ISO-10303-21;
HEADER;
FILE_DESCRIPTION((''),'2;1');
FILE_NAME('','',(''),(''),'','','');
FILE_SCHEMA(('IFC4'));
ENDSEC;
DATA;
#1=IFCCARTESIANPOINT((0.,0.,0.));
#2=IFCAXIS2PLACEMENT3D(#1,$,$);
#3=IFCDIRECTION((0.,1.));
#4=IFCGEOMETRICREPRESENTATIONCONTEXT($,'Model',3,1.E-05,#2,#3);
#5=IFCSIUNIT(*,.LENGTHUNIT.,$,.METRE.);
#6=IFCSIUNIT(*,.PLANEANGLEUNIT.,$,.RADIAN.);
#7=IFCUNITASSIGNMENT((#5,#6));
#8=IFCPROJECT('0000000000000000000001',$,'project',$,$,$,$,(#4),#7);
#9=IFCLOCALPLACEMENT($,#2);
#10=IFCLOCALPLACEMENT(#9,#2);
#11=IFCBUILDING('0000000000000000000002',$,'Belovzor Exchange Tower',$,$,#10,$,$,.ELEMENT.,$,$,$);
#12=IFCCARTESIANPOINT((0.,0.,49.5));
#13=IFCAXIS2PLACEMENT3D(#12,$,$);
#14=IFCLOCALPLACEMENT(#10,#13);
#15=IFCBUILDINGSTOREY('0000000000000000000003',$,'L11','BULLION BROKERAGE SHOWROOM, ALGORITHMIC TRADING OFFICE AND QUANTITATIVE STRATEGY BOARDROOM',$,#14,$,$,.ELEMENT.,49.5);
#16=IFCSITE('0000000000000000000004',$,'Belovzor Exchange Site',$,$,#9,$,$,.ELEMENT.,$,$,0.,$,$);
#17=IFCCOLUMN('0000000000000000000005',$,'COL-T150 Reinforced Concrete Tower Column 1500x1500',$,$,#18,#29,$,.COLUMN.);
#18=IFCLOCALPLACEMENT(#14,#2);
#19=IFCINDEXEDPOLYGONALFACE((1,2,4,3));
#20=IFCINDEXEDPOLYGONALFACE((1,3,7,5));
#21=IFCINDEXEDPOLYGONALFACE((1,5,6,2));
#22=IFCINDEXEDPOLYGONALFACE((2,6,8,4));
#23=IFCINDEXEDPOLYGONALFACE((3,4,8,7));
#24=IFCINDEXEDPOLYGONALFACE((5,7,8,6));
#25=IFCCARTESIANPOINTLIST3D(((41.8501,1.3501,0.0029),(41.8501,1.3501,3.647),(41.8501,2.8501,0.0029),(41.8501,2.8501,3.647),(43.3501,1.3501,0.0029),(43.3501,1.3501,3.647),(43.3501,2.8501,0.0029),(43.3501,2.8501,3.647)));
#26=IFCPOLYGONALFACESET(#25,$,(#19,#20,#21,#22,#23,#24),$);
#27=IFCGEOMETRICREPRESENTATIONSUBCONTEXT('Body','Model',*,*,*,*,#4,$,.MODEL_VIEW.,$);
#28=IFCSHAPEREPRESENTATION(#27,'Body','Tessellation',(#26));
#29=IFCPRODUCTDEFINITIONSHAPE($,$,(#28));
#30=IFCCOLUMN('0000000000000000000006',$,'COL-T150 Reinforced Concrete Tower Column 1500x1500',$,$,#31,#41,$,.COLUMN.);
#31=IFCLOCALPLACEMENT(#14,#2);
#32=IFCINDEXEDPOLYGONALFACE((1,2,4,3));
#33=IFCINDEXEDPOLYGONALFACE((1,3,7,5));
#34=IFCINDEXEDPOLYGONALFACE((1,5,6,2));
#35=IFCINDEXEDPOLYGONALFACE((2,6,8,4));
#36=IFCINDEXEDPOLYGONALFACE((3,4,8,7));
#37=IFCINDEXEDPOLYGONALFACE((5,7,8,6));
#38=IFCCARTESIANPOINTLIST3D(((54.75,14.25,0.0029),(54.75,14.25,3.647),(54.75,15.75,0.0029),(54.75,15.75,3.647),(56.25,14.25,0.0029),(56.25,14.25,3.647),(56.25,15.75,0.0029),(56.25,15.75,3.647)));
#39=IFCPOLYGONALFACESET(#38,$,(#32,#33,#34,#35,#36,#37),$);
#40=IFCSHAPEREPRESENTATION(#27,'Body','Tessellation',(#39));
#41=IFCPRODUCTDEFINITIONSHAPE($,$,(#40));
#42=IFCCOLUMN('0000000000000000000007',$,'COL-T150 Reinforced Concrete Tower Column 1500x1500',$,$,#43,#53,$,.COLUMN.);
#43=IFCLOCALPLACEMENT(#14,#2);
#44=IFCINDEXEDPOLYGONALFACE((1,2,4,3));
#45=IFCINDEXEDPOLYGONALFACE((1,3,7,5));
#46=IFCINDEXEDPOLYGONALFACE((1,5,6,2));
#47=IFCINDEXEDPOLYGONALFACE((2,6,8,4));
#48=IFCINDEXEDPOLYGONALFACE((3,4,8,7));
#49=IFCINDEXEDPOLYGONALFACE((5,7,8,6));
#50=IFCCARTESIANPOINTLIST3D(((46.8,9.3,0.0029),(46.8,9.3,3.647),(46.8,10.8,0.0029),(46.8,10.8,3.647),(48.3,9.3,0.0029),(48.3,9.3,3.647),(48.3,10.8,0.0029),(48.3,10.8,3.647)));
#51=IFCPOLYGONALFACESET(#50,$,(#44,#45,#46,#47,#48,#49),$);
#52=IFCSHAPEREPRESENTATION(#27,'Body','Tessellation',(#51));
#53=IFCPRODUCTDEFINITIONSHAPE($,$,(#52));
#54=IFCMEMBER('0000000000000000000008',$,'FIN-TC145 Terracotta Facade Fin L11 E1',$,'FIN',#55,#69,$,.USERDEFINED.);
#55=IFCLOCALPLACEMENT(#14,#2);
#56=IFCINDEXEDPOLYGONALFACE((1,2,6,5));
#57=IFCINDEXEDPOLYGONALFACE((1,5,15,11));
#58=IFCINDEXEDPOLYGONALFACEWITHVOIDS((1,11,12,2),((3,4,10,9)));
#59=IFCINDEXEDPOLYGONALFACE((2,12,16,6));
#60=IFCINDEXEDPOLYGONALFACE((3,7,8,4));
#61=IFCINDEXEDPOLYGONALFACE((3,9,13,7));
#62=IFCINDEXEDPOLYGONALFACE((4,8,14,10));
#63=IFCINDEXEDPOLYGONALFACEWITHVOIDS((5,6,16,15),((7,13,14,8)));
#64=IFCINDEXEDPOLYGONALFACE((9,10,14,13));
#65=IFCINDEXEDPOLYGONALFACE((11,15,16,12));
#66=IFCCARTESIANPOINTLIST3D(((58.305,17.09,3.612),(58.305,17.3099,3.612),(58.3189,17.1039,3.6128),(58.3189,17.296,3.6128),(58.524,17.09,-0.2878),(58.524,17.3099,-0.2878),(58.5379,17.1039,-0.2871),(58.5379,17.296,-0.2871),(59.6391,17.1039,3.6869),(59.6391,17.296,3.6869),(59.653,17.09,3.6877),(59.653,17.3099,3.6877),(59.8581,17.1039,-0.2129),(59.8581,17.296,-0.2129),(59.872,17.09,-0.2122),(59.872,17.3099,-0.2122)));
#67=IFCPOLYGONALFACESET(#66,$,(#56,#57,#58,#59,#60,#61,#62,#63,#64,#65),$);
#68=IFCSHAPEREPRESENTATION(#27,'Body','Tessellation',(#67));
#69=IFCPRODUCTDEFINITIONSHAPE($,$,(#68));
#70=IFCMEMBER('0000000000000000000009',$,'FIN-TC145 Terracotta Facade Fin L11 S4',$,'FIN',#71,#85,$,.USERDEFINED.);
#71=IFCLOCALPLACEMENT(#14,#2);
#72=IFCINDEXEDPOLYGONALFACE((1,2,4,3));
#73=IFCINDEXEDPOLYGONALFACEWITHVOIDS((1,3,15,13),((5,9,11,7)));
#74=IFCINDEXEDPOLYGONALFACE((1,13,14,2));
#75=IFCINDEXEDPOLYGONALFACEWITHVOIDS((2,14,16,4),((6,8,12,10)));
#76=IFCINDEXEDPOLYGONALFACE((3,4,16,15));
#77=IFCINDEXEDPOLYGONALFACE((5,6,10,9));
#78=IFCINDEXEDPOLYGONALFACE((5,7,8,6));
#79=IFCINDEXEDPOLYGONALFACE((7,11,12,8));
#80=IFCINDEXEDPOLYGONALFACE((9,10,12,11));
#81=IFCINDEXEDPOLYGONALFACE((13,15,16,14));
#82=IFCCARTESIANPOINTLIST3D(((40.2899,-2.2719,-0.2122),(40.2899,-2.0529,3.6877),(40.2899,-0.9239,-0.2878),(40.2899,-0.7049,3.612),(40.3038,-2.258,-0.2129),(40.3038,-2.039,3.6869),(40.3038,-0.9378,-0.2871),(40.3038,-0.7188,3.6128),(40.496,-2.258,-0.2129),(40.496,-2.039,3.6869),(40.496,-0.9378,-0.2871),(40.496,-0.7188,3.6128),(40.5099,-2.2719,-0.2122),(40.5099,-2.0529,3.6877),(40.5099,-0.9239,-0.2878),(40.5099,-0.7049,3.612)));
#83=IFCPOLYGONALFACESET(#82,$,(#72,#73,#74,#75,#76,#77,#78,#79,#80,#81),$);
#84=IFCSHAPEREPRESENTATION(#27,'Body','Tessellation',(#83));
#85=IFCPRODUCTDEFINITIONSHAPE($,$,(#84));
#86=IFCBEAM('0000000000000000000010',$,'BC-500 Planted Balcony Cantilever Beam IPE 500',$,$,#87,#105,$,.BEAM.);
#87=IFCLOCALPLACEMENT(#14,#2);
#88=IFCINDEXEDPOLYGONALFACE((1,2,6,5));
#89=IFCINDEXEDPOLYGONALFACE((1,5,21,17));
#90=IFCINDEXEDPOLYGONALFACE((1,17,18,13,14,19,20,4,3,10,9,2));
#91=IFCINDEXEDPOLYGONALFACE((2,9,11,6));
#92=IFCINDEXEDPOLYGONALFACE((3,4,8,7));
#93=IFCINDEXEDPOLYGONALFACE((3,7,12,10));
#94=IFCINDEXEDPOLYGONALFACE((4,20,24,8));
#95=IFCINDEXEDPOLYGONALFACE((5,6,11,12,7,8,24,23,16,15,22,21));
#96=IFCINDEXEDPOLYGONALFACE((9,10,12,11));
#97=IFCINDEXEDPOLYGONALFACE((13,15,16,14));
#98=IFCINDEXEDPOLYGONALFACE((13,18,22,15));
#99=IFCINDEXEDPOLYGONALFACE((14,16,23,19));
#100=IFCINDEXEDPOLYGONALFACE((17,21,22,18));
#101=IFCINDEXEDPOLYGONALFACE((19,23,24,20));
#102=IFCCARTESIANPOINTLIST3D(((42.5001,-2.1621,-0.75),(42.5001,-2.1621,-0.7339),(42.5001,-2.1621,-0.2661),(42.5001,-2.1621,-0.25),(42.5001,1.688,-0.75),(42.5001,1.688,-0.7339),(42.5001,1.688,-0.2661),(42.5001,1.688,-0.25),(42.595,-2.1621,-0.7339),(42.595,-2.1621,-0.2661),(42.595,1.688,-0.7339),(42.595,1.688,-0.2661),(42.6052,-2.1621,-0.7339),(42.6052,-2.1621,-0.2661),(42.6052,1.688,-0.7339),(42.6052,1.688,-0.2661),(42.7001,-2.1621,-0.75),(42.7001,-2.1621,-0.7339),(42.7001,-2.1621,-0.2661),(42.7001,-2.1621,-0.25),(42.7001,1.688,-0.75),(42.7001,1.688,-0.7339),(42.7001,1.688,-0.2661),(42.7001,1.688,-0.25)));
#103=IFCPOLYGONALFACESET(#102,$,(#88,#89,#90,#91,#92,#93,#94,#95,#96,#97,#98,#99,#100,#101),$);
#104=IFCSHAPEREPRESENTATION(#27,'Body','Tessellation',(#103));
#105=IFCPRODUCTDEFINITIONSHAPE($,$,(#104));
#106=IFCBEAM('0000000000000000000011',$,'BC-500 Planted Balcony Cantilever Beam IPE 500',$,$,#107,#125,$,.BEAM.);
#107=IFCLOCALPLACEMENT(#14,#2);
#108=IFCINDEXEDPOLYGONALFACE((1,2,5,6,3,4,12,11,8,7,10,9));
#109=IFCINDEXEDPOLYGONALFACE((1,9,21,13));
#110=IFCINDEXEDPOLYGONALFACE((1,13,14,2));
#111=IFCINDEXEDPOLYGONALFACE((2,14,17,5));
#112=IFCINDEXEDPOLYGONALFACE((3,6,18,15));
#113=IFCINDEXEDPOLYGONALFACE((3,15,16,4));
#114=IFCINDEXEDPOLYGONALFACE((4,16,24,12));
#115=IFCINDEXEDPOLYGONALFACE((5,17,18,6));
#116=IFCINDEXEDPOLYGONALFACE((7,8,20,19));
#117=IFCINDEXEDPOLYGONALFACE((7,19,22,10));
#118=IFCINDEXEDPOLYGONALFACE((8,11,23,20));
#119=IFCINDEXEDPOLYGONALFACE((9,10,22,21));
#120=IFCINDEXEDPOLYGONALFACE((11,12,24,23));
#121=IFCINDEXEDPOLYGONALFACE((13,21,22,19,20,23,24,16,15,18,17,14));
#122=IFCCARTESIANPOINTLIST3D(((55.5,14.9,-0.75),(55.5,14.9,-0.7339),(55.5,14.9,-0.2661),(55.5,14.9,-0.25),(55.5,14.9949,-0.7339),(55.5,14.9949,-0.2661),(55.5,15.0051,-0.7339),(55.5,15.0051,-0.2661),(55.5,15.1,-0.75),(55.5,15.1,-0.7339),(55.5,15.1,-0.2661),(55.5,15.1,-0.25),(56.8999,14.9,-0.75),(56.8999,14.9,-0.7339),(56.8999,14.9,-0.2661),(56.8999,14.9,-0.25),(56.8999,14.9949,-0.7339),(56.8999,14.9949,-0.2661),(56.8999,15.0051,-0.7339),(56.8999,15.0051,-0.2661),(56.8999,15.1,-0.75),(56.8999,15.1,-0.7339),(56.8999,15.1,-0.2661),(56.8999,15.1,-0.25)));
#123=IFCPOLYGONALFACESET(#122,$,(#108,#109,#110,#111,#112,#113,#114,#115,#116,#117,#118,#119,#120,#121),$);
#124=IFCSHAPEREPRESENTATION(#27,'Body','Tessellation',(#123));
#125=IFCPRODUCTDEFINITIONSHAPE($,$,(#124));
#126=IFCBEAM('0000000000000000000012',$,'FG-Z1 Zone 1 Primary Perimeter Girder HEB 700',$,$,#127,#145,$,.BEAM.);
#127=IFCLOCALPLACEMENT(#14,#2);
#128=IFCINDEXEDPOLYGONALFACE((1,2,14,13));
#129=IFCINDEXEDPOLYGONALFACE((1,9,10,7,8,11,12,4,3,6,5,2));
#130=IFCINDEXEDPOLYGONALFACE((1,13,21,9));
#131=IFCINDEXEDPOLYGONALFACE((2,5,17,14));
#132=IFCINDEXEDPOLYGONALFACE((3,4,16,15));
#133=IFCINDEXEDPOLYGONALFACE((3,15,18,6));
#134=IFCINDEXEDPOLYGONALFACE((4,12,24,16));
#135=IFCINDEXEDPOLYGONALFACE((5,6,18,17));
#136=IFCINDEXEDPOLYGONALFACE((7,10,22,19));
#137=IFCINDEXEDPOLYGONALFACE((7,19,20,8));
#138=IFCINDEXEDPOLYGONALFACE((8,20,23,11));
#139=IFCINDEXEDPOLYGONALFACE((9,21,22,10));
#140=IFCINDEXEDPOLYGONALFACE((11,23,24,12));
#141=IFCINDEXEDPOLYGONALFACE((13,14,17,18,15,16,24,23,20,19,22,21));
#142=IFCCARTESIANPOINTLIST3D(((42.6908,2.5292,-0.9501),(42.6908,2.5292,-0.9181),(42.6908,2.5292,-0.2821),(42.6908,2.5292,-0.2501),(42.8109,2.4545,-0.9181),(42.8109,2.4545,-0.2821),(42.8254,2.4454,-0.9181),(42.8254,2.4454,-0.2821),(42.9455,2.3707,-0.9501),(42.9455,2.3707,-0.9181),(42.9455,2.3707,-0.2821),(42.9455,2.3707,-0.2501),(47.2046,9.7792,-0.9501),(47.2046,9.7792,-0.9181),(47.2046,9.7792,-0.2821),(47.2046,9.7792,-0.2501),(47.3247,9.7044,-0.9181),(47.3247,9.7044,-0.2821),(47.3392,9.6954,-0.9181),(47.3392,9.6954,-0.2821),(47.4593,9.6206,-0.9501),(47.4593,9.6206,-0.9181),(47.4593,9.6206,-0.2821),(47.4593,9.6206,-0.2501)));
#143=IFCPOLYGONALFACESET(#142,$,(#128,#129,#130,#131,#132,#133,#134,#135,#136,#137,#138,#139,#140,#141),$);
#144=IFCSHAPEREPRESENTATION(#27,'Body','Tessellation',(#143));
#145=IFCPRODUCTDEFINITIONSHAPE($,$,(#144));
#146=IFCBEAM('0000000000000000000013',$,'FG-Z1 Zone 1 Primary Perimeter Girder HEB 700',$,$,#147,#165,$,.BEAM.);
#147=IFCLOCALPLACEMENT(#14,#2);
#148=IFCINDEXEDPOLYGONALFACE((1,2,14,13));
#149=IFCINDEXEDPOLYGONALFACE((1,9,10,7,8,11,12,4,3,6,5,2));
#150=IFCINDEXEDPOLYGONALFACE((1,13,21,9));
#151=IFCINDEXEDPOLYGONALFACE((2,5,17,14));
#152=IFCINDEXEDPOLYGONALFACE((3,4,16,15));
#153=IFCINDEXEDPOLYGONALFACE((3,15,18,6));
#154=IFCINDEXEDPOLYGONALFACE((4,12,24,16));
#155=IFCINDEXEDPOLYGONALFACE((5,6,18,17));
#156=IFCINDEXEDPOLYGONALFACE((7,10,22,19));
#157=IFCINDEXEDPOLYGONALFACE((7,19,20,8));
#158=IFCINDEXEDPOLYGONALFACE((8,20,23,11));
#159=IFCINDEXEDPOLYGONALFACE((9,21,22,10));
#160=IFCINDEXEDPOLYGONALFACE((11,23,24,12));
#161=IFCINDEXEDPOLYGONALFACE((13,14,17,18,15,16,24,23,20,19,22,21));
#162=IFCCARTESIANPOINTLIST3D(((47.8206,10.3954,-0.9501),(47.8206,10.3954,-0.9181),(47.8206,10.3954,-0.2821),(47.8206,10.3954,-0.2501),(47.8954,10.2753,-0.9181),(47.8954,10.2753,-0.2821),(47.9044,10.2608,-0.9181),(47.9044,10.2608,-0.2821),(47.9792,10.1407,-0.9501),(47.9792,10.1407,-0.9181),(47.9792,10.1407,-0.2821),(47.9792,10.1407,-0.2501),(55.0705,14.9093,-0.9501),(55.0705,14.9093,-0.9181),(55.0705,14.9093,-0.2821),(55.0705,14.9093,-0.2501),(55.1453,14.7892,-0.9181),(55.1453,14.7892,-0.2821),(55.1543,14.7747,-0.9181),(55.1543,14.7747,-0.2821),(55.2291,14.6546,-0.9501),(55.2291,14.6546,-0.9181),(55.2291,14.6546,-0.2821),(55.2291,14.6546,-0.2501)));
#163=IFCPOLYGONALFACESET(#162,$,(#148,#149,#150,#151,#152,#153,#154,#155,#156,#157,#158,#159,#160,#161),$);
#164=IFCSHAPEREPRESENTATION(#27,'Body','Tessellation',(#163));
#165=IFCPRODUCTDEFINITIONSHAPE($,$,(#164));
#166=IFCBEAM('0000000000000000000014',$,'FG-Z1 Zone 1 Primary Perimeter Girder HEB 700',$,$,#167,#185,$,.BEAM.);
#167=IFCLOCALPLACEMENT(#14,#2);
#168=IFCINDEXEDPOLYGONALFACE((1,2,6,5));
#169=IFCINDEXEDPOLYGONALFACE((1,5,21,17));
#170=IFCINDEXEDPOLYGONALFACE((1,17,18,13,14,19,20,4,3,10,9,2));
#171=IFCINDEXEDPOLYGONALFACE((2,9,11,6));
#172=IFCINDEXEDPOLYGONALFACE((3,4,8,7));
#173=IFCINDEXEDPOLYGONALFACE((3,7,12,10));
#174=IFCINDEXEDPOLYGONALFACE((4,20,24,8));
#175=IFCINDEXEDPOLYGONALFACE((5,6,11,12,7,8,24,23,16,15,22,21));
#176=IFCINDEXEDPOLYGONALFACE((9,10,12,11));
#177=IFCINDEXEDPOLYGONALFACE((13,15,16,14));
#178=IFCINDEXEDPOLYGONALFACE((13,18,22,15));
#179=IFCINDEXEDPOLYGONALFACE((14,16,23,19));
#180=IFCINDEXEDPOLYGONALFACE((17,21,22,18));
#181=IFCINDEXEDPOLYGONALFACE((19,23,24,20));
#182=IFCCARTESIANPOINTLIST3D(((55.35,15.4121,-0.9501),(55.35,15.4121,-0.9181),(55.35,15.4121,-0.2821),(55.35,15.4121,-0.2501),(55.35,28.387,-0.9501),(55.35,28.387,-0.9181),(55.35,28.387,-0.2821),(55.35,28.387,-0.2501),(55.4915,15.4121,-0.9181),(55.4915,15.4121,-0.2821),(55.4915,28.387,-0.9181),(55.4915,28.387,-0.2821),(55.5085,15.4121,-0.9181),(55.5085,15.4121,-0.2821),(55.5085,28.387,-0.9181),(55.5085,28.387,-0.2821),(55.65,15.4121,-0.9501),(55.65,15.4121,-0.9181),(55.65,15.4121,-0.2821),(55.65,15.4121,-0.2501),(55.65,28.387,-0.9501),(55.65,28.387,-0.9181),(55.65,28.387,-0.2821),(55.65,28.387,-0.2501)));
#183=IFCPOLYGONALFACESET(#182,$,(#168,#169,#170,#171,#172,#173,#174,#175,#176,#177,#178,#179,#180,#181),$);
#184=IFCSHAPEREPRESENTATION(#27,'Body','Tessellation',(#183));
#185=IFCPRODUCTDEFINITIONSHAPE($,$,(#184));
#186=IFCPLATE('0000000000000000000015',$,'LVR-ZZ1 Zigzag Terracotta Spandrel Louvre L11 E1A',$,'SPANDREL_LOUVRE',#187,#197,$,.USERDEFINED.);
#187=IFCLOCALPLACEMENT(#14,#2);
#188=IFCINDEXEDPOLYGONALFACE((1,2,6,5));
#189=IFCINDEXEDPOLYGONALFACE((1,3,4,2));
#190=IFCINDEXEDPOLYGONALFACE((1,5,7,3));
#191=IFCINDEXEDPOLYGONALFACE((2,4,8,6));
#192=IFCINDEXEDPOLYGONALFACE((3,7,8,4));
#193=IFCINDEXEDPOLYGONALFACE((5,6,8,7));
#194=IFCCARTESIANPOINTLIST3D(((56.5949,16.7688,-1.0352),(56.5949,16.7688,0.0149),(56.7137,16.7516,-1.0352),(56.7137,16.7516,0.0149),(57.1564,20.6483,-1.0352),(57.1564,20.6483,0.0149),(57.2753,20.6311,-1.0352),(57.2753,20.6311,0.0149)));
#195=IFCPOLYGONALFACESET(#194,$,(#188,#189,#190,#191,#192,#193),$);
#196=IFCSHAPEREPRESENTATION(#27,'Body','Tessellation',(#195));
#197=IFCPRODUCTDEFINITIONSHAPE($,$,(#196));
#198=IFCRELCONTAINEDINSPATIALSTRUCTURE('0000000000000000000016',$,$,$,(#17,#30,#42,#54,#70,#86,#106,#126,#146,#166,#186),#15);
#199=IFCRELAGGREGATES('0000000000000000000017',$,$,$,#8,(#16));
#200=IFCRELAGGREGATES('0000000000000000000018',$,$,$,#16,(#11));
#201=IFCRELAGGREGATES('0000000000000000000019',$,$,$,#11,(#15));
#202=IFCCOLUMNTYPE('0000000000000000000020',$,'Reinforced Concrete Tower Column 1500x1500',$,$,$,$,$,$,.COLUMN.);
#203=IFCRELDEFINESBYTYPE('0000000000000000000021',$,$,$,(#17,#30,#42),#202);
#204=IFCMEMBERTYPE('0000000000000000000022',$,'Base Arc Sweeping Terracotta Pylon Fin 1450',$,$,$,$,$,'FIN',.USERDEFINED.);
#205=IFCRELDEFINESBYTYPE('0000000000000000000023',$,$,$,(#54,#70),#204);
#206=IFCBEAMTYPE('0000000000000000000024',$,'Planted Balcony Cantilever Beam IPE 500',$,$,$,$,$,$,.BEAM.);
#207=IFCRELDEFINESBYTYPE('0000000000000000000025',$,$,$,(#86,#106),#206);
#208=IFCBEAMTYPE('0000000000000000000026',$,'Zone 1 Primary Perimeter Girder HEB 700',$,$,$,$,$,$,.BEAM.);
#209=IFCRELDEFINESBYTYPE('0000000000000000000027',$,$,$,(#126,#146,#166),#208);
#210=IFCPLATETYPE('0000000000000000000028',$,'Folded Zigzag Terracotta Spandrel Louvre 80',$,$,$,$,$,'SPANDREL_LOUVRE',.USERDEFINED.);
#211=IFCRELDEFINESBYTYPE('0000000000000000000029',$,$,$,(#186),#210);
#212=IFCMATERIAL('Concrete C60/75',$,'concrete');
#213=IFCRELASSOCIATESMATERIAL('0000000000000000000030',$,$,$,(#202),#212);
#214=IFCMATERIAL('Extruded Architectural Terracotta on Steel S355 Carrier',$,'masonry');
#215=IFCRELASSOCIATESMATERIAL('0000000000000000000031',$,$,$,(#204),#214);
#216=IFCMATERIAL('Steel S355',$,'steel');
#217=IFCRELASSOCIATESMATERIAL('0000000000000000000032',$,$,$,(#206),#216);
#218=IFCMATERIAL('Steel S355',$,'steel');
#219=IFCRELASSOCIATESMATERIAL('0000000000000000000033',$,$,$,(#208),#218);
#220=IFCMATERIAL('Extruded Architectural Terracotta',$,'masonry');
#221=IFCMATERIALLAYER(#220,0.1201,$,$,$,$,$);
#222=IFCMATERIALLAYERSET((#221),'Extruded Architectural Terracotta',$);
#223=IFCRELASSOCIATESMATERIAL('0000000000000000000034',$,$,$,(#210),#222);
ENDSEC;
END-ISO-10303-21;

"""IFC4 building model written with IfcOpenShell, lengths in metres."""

from ifc_helpers import new_model, si_unit, direction, frame, origin, origin_2d, place, context, subcontext, project, spatial, rectangle, hollow_rectangle, i_section, extrude, material, layer, layer_set, material_profile, profile_set, type_object, element, save


model = new_model("IFC4")

# Units and contexts
model_context = context("Model", 3, precision=1e-05, world=origin(), true_north=direction((0.0, 1.0)))
body_context = subcontext(model_context, "Body", "Model", "MODEL_VIEW")
ifc_project = project(units=[si_unit("LENGTHUNIT", "METRE"), si_unit("PLANEANGLEUNIT", "RADIAN")], contexts=[model_context])

# Site, building, storey
site_placement = place(None, origin())
site = spatial("IfcSite", under=ifc_project, at=site_placement, Name="Belovzor Exchange Site", CompositionType="ELEMENT", RefElevation=0.0)
building_placement = place(site_placement, origin())
building = spatial("IfcBuilding", under=site, at=building_placement, Name="Belovzor Exchange Tower", CompositionType="ELEMENT")
storey_placement = place(building_placement, frame((0.0, 0.0, 49.5)))
storey = spatial("IfcBuildingStorey", under=building, at=storey_placement, Name="L11", Description="BULLION BROKERAGE SHOWROOM, ALGORITHMIC TRADING OFFICE AND QUANTITATIVE STRATEGY BOARDROOM", CompositionType="ELEMENT", Elevation=49.5)

# Columns
ifc_material_1 = material(Name="Concrete C60/75", Category="concrete")
ifc_material_profile_1 = material_profile(ifc_material_1, rectangle(XDim=1.5, YDim=1.5, at=origin_2d()))
ifc_profile_set_1 = profile_set([ifc_material_profile_1], Name="Concrete C60/75")
column_type = type_object("IfcColumnType", Name="Reinforced Concrete Tower Column 1500x1500", PredefinedType="COLUMN", material=ifc_profile_set_1)
for number, where, z_axis, x_axis, name in (
    (1, (42.6001, 2.1001, 0.0029), (0.0, 0.0, 1.0), (1.0, 0.0, 0.0), "COL-T150 Reinforced Concrete Tower Column 1500x1500"),
    (2, (55.5, 15.0, 0.0029), (0.0, 0.0, 1.0), (1.0, 0.0, 0.0), "COL-T150 Reinforced Concrete Tower Column 1500x1500"),
    (3, (47.55, 10.05, 0.0029), (0.0, 0.0, 1.0), (1.0, 0.0, 0.0), "COL-T150 Reinforced Concrete Tower Column 1500x1500"),
):
    element("IfcColumn", number, at=place(storey_placement, frame(where, z_axis=z_axis, x_axis=x_axis)), inside=storey, type_object=column_type, Name=name, PredefinedType="COLUMN", context=body_context, shape_type="SweptSolid", body=[
        extrude(rectangle(XDim=1.5, YDim=1.5, at=origin_2d()), origin(), (0.0, 0.0, 1.0), 3.644),
    ])

# Members
ifc_material_2 = material(Name="Extruded Architectural Terracotta on Steel S355 Carrier", Category="masonry")
ifc_material_profile_2 = material_profile(ifc_material_2, hollow_rectangle(XDim=0.22, YDim=1.3501, WallThickness=0.0139, at=origin_2d()))
ifc_profile_set_2 = profile_set([ifc_material_profile_2], Name="Extruded Architectural Terracotta on Steel S355 Carrier")
member_type = type_object("IfcMemberType", Name="Base Arc Sweeping Terracotta Pylon Fin 1450", ElementType="FIN", PredefinedType="USERDEFINED", material=ifc_profile_set_2)
for number, where, z_axis, x_axis, name in (
    (4, (59.198, 17.2, -0.25), (-0.056065, 0.0, 0.998427), (0.0, -1.0, 0.0), "FIN-TC145 Terracotta Facade Fin L11 E1"),
    (5, (40.3999, -1.5979, -0.25), (0.0, 0.056065, 0.998427), (-1.0, 0.0, 0.0), "FIN-TC145 Terracotta Facade Fin L11 S4"),
):
    element("IfcMember", number, at=place(storey_placement, frame(where, z_axis=z_axis, x_axis=x_axis)), inside=storey, type_object=member_type, Name=name, ObjectType="FIN", PredefinedType="USERDEFINED", context=body_context, shape_type="SweptSolid", body=[
        extrude(hollow_rectangle(XDim=0.22, YDim=1.3501, WallThickness=0.0139, at=origin_2d()), origin(), (0.0, 0.0, 1.0), 3.906),
    ])

# Beams
ifc_material_3 = material(Name="Steel S355", Category="steel")
ifc_material_profile_3 = material_profile(ifc_material_3, i_section(OverallWidth=0.2, OverallDepth=0.5, WebThickness=0.0103, FlangeThickness=0.0161, at=origin_2d()))
ifc_profile_set_3 = profile_set([ifc_material_profile_3], Name="Steel S355")
beam_type_1 = type_object("IfcBeamType", Name="Planted Balcony Cantilever Beam IPE 500", PredefinedType="BEAM", material=ifc_profile_set_3)
beam_1_placement = place(storey_placement, frame((42.6001, 1.688, -0.5), z_axis=(0.0, -1.0, 0.0), x_axis=(1.0, 0.0, 0.0)))
element("IfcBeam", 6, at=beam_1_placement, inside=storey, type_object=beam_type_1, Name="BC-500 Planted Balcony Cantilever Beam IPE 500", PredefinedType="BEAM", context=body_context, shape_type="SweptSolid", body=[
    extrude(i_section(OverallWidth=0.2, OverallDepth=0.5, WebThickness=0.0103, FlangeThickness=0.0161, at=origin_2d()), origin(), (0.0, 0.0, 1.0), 3.8501),
])
beam_2_placement = place(storey_placement, frame((55.5, 15.0, -0.5), z_axis=(1.0, 0.0, 0.0), x_axis=(0.0, 1.0, 0.0)))
element("IfcBeam", 7, at=beam_2_placement, inside=storey, type_object=beam_type_1, Name="BC-500 Planted Balcony Cantilever Beam IPE 500", PredefinedType="BEAM", context=body_context, shape_type="SweptSolid", body=[
    extrude(i_section(OverallWidth=0.2, OverallDepth=0.5, WebThickness=0.0103, FlangeThickness=0.0161, at=origin_2d()), origin(), (0.0, 0.0, 1.0), 1.3999),
])
ifc_material_4 = material(Name="Steel S355", Category="steel")
ifc_material_profile_4 = material_profile(ifc_material_4, i_section(OverallWidth=0.3, OverallDepth=0.7, WebThickness=0.0171, FlangeThickness=0.032, at=origin_2d()))
ifc_profile_set_4 = profile_set([ifc_material_profile_4], Name="Steel S355")
beam_type_2 = type_object("IfcBeamType", Name="Zone 1 Primary Perimeter Girder HEB 700", PredefinedType="BEAM", material=ifc_profile_set_4)
for number, where, z_axis, x_axis, name in (
    (8, (42.8181, 2.45, -0.6001), (0.528539, 0.848909, 0.0), (-0.848909, 0.528539, 0.0), "FG-Z1 Zone 1 Primary Perimeter Girder HEB 700"),
    (9, (47.8999, 10.2681, -0.6001), (0.848909, 0.528539, 0.0), (-0.528539, 0.848909, 0.0), "FG-Z1 Zone 1 Primary Perimeter Girder HEB 700"),
):
    element("IfcBeam", number, at=place(storey_placement, frame(where, z_axis=z_axis, x_axis=x_axis)), inside=storey, type_object=beam_type_2, Name=name, PredefinedType="BEAM", context=body_context, shape_type="SweptSolid", body=[
        extrude(i_section(OverallWidth=0.3, OverallDepth=0.7, WebThickness=0.0171, FlangeThickness=0.032, at=origin_2d()), origin(), (0.0, 0.0, 1.0), 8.5403),
    ])
beam_3_placement = place(storey_placement, frame((55.5, 15.4121, -0.6001), z_axis=(0.0, 1.0, 0.0), x_axis=(-1.0, 0.0, 0.0)))
element("IfcBeam", 10, at=beam_3_placement, inside=storey, type_object=beam_type_2, Name="FG-Z1 Zone 1 Primary Perimeter Girder HEB 700", PredefinedType="BEAM", context=body_context, shape_type="SweptSolid", body=[
    extrude(i_section(OverallWidth=0.3, OverallDepth=0.7, WebThickness=0.0171, FlangeThickness=0.032, at=origin_2d()), origin(), (0.0, 0.0, 1.0), 12.9749),
])

# Plate
ifc_material_5 = material(Name="Extruded Architectural Terracotta", Category="masonry")
ifc_layer_1 = layer(ifc_material_5, 0.1201)
ifc_layer_set_1 = layer_set([ifc_layer_1], Name="Extruded Architectural Terracotta")
plate_type = type_object("IfcPlateType", Name="Folded Zigzag Terracotta Spandrel Louvre 80", ElementType="SPANDREL_LOUVRE", PredefinedType="USERDEFINED", material=ifc_layer_set_1)
plate_placement = place(storey_placement, frame((56.9351, 18.7, -1.0352), z_axis=(0.0, 0.0, 1.0), x_axis=(0.143251, 0.989686, 0.0)))
element("IfcPlate", 11, at=plate_placement, inside=storey, type_object=plate_type, Name="LVR-ZZ1 Zigzag Terracotta Spandrel Louvre L11 E1A", ObjectType="SPANDREL_LOUVRE", PredefinedType="USERDEFINED", context=body_context, shape_type="SweptSolid", body=[
    extrude(rectangle(XDim=3.9199, YDim=0.1201, at=origin_2d()), origin(), (0.0, 0.0, 1.0), 1.05),
])

save(model, "model.ifc")
